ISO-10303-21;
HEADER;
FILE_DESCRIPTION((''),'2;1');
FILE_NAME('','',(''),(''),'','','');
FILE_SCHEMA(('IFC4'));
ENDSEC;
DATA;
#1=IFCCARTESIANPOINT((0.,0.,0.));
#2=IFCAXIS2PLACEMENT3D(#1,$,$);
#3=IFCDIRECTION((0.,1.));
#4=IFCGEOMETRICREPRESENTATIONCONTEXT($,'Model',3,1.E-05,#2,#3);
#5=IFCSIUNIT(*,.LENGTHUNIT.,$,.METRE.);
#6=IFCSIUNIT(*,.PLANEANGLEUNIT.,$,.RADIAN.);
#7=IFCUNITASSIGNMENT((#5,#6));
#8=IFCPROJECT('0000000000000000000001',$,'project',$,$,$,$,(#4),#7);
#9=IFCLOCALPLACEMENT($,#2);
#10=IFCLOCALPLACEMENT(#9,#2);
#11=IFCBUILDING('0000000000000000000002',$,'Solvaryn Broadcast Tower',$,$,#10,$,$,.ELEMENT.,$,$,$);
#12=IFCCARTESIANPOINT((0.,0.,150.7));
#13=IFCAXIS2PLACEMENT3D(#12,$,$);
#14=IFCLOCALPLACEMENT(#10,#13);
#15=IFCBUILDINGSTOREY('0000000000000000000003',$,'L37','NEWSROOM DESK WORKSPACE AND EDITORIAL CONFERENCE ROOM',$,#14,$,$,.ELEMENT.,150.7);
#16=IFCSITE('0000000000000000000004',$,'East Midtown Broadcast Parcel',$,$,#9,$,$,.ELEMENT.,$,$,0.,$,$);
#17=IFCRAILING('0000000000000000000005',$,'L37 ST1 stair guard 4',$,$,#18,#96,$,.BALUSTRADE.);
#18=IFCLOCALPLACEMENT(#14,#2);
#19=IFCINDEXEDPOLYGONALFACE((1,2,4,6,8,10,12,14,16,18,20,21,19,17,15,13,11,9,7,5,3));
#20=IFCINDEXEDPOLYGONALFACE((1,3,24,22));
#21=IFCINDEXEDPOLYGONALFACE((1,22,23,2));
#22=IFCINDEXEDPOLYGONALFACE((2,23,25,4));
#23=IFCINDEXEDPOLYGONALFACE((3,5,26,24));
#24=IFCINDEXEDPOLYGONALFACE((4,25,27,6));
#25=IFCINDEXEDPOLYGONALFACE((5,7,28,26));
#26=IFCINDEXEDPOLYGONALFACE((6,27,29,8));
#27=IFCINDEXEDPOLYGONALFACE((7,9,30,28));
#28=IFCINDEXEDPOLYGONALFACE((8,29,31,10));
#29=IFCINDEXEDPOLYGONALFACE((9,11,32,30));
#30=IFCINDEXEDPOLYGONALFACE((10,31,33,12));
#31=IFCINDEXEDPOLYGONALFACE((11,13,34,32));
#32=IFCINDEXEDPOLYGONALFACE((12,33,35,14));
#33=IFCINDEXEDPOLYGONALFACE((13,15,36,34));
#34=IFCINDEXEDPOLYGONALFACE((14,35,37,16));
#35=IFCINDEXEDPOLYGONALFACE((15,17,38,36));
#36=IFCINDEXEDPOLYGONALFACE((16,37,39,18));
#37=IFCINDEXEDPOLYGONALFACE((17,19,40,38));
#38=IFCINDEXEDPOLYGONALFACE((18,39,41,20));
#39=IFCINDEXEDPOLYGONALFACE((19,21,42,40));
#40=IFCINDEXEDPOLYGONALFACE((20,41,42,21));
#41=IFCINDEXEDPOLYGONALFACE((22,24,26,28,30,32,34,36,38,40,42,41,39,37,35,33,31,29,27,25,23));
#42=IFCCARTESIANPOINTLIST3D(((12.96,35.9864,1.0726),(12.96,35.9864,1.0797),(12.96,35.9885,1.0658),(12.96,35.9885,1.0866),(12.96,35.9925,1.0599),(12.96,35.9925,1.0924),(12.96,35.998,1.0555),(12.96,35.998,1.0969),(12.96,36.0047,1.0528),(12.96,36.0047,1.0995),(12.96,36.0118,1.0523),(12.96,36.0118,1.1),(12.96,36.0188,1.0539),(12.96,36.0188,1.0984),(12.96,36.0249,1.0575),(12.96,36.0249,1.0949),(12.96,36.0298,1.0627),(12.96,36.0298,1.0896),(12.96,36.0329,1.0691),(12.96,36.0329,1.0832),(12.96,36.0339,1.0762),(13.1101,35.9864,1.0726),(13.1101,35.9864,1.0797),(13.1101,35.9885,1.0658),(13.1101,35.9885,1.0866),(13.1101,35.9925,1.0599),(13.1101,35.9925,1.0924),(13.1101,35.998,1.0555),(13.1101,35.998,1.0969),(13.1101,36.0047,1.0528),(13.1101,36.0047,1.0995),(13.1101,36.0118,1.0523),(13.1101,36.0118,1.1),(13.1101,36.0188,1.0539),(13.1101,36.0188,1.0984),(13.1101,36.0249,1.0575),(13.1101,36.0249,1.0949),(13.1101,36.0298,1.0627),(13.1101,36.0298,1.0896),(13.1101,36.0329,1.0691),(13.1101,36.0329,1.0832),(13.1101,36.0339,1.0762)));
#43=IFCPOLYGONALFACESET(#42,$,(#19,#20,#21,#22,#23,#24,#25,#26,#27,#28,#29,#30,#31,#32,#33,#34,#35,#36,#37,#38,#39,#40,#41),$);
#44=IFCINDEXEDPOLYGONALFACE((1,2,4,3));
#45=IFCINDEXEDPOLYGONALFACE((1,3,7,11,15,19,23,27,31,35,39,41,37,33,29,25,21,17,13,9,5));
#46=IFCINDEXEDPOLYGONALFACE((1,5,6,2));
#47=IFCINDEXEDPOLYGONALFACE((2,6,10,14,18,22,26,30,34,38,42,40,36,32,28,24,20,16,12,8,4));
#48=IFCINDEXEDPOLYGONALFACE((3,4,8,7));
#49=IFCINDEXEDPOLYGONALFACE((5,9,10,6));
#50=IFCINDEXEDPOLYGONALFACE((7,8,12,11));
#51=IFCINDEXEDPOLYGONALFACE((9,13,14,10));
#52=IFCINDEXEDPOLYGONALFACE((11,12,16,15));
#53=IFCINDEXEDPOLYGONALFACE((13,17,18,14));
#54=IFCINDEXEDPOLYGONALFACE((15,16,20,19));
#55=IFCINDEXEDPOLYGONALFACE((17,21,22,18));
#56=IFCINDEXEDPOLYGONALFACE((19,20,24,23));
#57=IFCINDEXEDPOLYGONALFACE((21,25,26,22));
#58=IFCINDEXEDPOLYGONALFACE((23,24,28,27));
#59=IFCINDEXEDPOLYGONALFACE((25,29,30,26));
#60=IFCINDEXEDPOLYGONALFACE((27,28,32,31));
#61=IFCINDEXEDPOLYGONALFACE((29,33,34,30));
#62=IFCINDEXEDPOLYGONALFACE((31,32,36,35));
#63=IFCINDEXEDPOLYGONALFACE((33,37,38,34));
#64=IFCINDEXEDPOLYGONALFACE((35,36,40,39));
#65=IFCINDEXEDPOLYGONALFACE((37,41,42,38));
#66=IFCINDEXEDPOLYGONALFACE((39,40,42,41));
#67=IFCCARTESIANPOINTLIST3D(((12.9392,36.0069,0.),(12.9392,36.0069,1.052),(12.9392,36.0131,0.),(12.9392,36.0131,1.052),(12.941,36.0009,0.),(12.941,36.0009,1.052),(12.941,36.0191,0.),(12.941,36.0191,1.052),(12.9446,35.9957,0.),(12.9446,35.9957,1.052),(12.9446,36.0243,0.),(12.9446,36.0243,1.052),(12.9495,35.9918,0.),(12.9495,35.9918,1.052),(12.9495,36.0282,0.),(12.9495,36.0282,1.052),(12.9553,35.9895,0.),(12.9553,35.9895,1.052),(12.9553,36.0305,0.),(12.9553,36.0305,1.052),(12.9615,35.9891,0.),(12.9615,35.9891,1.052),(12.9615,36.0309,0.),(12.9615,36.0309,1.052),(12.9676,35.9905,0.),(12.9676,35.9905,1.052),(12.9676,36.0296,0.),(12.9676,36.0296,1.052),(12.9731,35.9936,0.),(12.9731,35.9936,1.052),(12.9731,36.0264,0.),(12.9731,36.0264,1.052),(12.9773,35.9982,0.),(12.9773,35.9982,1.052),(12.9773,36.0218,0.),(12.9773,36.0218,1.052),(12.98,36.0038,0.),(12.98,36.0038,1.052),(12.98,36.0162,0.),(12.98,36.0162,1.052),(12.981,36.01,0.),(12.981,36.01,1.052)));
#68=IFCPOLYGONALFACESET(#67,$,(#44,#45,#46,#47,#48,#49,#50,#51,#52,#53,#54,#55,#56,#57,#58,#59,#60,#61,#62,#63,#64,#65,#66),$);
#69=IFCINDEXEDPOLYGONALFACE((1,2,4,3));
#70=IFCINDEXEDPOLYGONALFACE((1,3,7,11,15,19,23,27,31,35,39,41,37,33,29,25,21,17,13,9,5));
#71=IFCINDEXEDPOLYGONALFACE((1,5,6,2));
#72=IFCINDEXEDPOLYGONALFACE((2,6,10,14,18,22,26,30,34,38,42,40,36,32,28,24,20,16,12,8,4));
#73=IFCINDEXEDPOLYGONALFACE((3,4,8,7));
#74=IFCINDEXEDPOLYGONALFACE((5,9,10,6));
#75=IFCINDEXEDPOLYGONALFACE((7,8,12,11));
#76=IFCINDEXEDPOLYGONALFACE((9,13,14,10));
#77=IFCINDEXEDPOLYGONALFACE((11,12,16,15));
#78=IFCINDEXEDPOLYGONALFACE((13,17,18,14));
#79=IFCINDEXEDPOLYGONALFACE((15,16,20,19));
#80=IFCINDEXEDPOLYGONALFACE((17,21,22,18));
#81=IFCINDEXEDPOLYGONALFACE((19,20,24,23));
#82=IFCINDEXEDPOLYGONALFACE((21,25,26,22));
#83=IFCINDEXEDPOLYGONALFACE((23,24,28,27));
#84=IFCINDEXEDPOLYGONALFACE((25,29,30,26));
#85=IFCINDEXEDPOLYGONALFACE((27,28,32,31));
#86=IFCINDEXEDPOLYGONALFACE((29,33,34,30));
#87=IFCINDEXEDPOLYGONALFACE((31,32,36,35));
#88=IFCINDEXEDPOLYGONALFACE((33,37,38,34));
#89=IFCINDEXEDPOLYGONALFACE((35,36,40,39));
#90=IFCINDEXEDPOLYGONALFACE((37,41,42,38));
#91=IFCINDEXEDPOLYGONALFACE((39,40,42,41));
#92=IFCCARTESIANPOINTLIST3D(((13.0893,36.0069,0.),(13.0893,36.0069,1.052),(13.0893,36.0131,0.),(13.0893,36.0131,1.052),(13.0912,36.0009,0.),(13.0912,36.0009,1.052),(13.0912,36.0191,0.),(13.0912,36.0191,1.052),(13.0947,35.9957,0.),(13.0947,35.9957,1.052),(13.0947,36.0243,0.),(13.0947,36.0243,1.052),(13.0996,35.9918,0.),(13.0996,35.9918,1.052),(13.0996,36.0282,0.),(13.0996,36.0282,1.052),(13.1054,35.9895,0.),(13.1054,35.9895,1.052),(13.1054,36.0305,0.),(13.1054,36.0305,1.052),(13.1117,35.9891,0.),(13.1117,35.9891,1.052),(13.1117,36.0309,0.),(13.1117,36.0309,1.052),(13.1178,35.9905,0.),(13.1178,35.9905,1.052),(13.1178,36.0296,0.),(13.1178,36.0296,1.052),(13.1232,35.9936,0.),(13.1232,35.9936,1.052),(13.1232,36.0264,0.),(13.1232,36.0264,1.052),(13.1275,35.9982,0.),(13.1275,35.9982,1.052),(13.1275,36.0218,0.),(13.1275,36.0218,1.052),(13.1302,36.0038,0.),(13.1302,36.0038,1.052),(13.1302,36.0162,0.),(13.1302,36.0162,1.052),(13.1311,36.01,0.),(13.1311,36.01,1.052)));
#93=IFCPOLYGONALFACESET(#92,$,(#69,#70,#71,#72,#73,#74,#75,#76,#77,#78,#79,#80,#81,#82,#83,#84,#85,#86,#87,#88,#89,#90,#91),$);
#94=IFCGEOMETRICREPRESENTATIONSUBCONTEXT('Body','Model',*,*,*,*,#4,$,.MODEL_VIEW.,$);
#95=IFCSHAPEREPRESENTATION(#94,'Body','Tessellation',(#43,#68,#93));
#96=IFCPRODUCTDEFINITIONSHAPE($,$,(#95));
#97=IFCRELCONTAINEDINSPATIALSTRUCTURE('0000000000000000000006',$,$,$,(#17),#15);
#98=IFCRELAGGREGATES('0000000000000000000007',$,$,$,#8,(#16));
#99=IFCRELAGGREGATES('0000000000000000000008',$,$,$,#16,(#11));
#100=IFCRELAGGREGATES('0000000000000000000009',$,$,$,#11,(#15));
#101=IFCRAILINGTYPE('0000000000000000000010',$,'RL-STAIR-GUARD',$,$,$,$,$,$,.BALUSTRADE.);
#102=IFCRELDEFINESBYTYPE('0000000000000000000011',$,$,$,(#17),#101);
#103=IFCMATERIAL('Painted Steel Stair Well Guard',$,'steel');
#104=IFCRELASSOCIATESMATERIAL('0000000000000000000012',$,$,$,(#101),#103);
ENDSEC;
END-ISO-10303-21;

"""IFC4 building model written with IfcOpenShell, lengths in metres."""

from ifc_helpers import new_model, si_unit, direction, frame, origin, origin_2d, place, context, subcontext, project, spatial, circle, extrude, material, type_object, element, save


model = new_model("IFC4")

# Units and contexts
model_context = context("Model", 3, precision=1e-05, world=origin(), true_north=direction((0.0, 1.0)))
body_context = subcontext(model_context, "Body", "Model", "MODEL_VIEW")
ifc_project = project(units=[si_unit("LENGTHUNIT", "METRE"), si_unit("PLANEANGLEUNIT", "RADIAN")], contexts=[model_context])

# Site, building, storey
site_placement = place(None, origin())
site = spatial("IfcSite", under=ifc_project, at=site_placement, Name="East Midtown Broadcast Parcel", CompositionType="ELEMENT", RefElevation=0.0)
building_placement = place(site_placement, origin())
building = spatial("IfcBuilding", under=site, at=building_placement, Name="Solvaryn Broadcast Tower", CompositionType="ELEMENT")
storey_placement = place(building_placement, frame((0.0, 0.0, 150.7)))
storey = spatial("IfcBuildingStorey", under=building, at=storey_placement, Name="L37", Description="NEWSROOM DESK WORKSPACE AND EDITORIAL CONFERENCE ROOM", CompositionType="ELEMENT", Elevation=150.7)

# Railing
ifc_material_1 = material(Name="Painted Steel Stair Well Guard", Category="steel")
railing_type_1 = type_object("IfcRailingType", Name="RL-STAIR-GUARD", PredefinedType="BALUSTRADE", material=ifc_material_1)
railing_1_placement = place(storey_placement, frame((12.96, 36.01, 0.0)))
element("IfcRailing", 1, at=railing_1_placement, inside=storey, type_object=railing_type_1, Name="L37 ST1 stair guard 4", PredefinedType="BALUSTRADE", context=body_context, shape_type="SweptSolid", body=[
    extrude(circle(Radius=0.0239, at=origin_2d()), frame((0.0, 0.0, 1.0762), z_axis=(1.0, 0.0, 0.0), x_axis=(0.0, 1.0, 0.0)), (0.0, 0.0, 1.0), 0.1501),
    extrude(circle(Radius=0.021, at=origin_2d()), origin(), (0.0, 0.0, 1.0), 1.052),
    extrude(circle(Radius=0.021, at=origin_2d()), frame((0.1501, 0.0, 0.0)), (0.0, 0.0, 1.0), 1.052),
])

save(model, "model.ifc")
